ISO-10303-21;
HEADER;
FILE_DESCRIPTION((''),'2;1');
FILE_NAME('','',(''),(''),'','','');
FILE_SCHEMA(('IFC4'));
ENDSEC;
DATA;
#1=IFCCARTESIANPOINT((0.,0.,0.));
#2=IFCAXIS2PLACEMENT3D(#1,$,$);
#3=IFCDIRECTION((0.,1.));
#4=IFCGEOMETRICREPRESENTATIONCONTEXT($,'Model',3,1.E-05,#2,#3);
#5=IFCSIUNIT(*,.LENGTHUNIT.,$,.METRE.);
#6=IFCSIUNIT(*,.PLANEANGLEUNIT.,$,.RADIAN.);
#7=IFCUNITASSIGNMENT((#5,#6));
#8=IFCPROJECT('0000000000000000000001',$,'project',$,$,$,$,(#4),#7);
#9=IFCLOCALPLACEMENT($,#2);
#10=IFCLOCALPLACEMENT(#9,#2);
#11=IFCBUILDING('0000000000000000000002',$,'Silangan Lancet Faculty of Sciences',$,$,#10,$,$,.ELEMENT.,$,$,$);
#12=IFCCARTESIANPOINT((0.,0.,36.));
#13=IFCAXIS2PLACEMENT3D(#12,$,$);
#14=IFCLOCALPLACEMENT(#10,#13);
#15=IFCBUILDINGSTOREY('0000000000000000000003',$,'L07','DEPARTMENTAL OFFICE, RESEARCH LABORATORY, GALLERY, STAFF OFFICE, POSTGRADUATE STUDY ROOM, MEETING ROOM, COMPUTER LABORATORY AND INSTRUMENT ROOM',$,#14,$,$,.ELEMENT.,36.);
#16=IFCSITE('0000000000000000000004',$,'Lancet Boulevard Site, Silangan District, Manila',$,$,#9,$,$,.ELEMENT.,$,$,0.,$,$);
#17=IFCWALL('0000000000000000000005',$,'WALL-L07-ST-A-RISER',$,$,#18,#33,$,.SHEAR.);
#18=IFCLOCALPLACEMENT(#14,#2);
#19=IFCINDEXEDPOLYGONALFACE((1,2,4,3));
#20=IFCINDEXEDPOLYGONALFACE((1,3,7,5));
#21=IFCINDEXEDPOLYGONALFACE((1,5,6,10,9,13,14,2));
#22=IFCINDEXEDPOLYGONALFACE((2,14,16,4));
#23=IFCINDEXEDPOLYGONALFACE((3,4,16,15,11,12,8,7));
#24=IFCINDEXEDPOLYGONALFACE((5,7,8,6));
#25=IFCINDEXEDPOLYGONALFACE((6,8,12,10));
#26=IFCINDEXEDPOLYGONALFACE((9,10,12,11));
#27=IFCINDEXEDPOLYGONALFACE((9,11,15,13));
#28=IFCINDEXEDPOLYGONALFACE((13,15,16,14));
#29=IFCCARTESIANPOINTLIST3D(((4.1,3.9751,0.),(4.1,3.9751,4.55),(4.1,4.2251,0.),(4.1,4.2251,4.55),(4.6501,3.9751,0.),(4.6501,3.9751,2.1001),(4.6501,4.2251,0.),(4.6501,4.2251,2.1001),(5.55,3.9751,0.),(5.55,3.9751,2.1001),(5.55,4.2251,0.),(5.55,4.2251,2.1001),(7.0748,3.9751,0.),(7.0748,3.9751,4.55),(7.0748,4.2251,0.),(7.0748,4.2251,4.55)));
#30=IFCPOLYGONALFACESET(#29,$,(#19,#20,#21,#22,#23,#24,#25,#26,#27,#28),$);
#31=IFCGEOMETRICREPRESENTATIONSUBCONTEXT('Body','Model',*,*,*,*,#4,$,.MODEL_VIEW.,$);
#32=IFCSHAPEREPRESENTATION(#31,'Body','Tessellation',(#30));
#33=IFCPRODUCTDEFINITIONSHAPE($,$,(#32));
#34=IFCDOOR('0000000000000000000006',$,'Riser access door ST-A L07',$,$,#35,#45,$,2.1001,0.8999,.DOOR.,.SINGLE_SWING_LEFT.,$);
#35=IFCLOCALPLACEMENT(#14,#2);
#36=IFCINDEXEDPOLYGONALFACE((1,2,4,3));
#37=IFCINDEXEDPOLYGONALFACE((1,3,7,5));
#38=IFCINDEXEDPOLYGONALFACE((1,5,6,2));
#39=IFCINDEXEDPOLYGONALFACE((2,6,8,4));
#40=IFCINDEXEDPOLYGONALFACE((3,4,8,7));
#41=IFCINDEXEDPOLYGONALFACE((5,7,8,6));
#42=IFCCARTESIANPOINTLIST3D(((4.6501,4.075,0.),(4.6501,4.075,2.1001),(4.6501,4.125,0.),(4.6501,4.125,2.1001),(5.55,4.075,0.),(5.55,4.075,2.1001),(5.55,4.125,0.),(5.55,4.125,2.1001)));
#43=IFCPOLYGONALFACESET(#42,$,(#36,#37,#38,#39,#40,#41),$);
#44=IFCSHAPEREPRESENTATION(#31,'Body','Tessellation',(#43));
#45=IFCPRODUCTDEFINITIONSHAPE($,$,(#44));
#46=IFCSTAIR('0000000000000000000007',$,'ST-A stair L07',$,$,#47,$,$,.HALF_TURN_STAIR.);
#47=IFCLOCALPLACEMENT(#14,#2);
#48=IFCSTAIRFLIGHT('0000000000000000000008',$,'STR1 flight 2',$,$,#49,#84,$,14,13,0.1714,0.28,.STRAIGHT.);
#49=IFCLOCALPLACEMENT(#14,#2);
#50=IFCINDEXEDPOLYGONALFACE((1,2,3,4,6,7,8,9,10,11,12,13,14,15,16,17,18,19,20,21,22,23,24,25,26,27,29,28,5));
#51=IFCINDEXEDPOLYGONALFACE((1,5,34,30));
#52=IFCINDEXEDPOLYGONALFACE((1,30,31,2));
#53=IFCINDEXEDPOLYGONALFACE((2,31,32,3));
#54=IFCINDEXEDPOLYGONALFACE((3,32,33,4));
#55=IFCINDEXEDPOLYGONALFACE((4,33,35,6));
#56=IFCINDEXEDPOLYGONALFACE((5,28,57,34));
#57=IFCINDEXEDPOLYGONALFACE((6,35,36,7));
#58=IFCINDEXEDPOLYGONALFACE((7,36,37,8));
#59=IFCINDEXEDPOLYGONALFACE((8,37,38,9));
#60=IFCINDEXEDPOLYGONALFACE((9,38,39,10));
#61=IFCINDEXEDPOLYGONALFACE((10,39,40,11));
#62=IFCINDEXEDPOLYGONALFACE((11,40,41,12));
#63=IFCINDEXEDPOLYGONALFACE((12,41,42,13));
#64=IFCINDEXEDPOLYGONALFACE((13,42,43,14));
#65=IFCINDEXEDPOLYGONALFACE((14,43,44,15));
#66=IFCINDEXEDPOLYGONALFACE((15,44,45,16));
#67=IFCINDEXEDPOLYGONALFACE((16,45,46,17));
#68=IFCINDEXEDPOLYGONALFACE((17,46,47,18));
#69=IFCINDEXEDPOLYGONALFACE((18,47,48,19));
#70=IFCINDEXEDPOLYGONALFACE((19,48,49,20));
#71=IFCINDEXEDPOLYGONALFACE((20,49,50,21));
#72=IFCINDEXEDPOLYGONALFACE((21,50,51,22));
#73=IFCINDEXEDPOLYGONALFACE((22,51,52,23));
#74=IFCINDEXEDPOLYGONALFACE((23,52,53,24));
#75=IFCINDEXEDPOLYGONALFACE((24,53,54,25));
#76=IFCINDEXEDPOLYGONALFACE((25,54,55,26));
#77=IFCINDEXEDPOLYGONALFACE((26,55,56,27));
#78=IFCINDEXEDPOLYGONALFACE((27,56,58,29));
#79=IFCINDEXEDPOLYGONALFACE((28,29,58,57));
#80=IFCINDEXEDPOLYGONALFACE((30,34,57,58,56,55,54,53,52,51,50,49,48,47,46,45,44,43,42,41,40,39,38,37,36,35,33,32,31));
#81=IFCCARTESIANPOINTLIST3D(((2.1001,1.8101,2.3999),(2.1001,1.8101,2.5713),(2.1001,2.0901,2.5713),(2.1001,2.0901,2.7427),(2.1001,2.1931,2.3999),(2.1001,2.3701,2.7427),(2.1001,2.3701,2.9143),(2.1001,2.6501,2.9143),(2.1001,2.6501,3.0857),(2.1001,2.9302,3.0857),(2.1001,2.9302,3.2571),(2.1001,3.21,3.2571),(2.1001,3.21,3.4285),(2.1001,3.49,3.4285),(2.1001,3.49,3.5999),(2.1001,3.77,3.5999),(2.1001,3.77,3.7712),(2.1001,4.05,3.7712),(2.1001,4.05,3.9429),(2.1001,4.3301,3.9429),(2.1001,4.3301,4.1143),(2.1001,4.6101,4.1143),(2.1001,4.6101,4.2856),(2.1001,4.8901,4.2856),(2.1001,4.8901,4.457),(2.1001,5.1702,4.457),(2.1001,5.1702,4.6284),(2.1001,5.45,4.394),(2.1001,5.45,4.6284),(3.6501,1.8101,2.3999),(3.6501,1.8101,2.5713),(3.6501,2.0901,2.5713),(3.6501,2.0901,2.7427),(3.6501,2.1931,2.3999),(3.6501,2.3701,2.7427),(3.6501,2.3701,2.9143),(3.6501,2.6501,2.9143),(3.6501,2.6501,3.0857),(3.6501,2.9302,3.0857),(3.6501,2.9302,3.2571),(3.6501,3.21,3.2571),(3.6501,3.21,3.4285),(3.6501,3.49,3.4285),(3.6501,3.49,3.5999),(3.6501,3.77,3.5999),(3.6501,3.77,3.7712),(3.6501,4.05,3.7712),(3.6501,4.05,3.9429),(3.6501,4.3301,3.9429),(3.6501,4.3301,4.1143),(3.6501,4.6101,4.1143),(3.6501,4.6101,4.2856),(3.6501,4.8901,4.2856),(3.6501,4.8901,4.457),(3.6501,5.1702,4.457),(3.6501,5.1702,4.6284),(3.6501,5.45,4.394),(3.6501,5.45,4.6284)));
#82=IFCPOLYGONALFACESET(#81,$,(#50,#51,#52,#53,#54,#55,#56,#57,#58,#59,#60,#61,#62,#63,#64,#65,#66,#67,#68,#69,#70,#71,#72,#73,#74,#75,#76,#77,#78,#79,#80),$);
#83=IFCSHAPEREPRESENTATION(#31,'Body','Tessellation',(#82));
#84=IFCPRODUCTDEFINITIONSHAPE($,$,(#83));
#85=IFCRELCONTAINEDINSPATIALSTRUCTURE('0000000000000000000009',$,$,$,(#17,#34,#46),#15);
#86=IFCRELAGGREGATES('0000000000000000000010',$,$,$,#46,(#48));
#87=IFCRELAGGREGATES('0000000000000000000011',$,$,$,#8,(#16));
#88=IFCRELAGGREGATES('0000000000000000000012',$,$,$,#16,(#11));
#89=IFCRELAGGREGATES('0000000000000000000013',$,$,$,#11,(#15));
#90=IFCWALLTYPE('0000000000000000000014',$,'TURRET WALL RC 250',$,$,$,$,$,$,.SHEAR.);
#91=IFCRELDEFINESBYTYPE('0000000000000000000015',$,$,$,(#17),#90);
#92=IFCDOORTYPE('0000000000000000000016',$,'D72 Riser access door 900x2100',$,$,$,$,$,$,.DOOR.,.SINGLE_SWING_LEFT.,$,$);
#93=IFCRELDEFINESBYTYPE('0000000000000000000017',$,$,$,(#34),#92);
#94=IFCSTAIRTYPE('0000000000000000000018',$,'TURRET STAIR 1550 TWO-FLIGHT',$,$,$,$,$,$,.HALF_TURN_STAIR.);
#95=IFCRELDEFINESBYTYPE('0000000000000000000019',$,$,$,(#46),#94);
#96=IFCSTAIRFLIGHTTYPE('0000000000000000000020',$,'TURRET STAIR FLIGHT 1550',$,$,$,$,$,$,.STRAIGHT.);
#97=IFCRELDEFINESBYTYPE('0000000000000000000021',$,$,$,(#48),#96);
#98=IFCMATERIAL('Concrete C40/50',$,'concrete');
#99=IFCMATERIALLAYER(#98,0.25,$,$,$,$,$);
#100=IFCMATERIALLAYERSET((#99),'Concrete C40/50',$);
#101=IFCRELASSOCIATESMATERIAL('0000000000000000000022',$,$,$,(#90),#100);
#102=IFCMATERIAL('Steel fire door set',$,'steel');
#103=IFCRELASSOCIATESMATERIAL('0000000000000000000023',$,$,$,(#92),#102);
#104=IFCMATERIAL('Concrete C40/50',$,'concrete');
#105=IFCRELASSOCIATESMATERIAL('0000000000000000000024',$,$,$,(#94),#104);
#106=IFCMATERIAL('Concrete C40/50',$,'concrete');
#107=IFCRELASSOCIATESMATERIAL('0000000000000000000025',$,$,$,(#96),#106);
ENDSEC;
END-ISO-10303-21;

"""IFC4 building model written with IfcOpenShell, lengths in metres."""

from ifc_helpers import new_model, si_unit, direction, frame, frame_2d, origin, place, context, subcontext, project, spatial, polyline, rectangle, outline, extrude, material, layer, layer_set, type_object, element, fill, aggregate, save


model = new_model("IFC4")

# Units and contexts
model_context = context("Model", 3, precision=1e-05, world=origin(), true_north=direction((0.0, 1.0)))
body_context = subcontext(model_context, "Body", "Model", "MODEL_VIEW")
ifc_project = project(units=[si_unit("LENGTHUNIT", "METRE"), si_unit("PLANEANGLEUNIT", "RADIAN")], contexts=[model_context])

# Site, building, storey
site_placement = place(None, origin())
site = spatial("IfcSite", under=ifc_project, at=site_placement, Name="Lancet Boulevard Site, Silangan District, Manila", CompositionType="ELEMENT", RefElevation=0.0)
building_placement = place(site_placement, origin())
building = spatial("IfcBuilding", under=site, at=building_placement, Name="Silangan Lancet Faculty of Sciences", CompositionType="ELEMENT")
storey_placement = place(building_placement, frame((0.0, 0.0, 36.0)))
storey = spatial("IfcBuildingStorey", under=building, at=storey_placement, Name="L07", Description="DEPARTMENTAL OFFICE, RESEARCH LABORATORY, GALLERY, STAFF OFFICE, POSTGRADUATE STUDY ROOM, MEETING ROOM, COMPUTER LABORATORY AND INSTRUMENT ROOM", CompositionType="ELEMENT", Elevation=36.0)

# Shared definitions
ifc_material_1 = material(Name="Concrete C40/50", Category="concrete")
ifc_layer_1 = layer(ifc_material_1, 0.25)
ifc_layer_set_1 = layer_set([ifc_layer_1], Name="Concrete C40/50")
wall_type_1 = type_object("IfcWallType", Name="TURRET WALL RC 250", PredefinedType="SHEAR", material=ifc_layer_set_1)

# Wall, opening, door
wall_1_placement = place(storey_placement, frame((4.1001, 4.1001, 0.0), z_axis=(0.0, 0.0, 1.0), x_axis=(1.0, 0.0, 0.0)))
wall_1 = element("IfcWall", 1, at=wall_1_placement, inside=storey, type_object=wall_type_1, Name="WALL-L07-ST-A-RISER", PredefinedType="SHEAR", context=body_context, shape_type="SweptSolid", body=[
    extrude(rectangle(XDim=2.9749, YDim=0.25, at=frame_2d((1.4873, 0.0))), origin(), (0.0, 0.0, 1.0), 4.55),
])
opening_1_placement = place(wall_1_placement, frame((0.55, 0.0, 0.0)))
opening_1 = element("IfcOpeningElement", 2, at=opening_1_placement, cuts=wall_1, PredefinedType="OPENING", context=body_context, shape_type="SweptSolid", body=[
    extrude(rectangle(XDim=0.8999, YDim=2.1001, at=frame_2d((0.45, 1.05))), frame((0.0, 0.135, 0.0), z_axis=(0.0, -1.0, 0.0), x_axis=(1.0, 0.0, 0.0)), (0.0, 0.0, 1.0), 0.27),
])
ifc_material_2 = material(Name="Steel fire door set", Category="steel")
door_type_1 = type_object("IfcDoorType", Name="D72 Riser access door 900x2100", OperationType="SINGLE_SWING_LEFT", PredefinedType="DOOR", material=ifc_material_2)
door_1_placement = place(opening_1_placement, frame((0.8999, 0.0, 0.0), z_axis=(0.0, 0.0, 1.0), x_axis=(-1.0, 0.0, 0.0)))
door_1 = element("IfcDoor", 3, at=door_1_placement, inside=storey, type_object=door_type_1, Name="Riser access door ST-A L07", OperationType="SINGLE_SWING_LEFT", OverallHeight=2.1001, OverallWidth=0.8999, PredefinedType="DOOR", context=body_context, shape_type="SweptSolid", body=[
    extrude(rectangle(XDim=0.8999, YDim=2.1001, at=frame_2d((0.45, 1.05))), frame((0.0, 0.0251, 0.0), z_axis=(0.0, -1.0, 0.0), x_axis=(1.0, 0.0, 0.0)), (0.0, 0.0, 1.0), 0.05),
])
fill(opening_1, door_1)

# Stair, stair flight
ifc_material_3 = material(Name="Concrete C40/50", Category="concrete")
stair_type = type_object("IfcStairType", Name="TURRET STAIR 1550 TWO-FLIGHT", PredefinedType="HALF_TURN_STAIR", material=ifc_material_3)
stair_placement = place(storey_placement, origin())
stair = element("IfcStair", 4, at=stair_placement, inside=storey, type_object=stair_type, Name="ST-A stair L07", PredefinedType="HALF_TURN_STAIR")
ifc_material_4 = material(Name="Concrete C40/50", Category="concrete")
stair_flight_type = type_object("IfcStairFlightType", Name="TURRET STAIR FLIGHT 1550", PredefinedType="STRAIGHT", material=ifc_material_4)
stair_flight_placement = place(storey_placement, frame((2.875, 1.8101, 2.3999), z_axis=(0.0, 0.0, 1.0), x_axis=(0.0, 1.0, 0.0)))
stair_flight = element("IfcStairFlight", 5, at=stair_flight_placement, type_object=stair_flight_type, Name="STR1 flight 2", NumberOfRisers=14, NumberOfTreads=13, PredefinedType="STRAIGHT", RiserHeight=0.1714, TreadLength=0.28, context=body_context, shape_type="SweptSolid", body=[
    extrude(outline(polyline([(0.0, 0.0), (0.0, 0.1714), (0.28, 0.1714), (0.28, 0.3428), (0.5601, 0.3428), (0.5601, 0.5144), (0.8401, 0.5144), (0.8401, 0.6858), (1.1201, 0.6858), (1.1201, 0.8572), (1.3999, 0.8572), (1.3999, 1.0286), (1.6799, 1.0286), (1.6799, 1.2), (1.96, 1.2), (1.96, 1.3713), (2.24, 1.3713), (2.24, 1.543), (2.52, 1.543), (2.52, 1.7144), (2.8, 1.7144), (2.8, 1.8857), (3.0801, 1.8857), (3.0801, 2.0571), (3.3601, 2.0571), (3.3601, 2.2285), (3.6399, 2.2285), (3.6399, 2.3999), (3.6399, 1.9941), (0.3831, 0.0), (0.0, 0.0)])), frame((0.0, 0.7749, 0.0), z_axis=(0.0, -1.0, 0.0), x_axis=(1.0, 0.0, 0.0)), (0.0, 0.0, 1.0), 1.55),
])
aggregate(stair, [stair_flight])

save(model, "model.ifc")
